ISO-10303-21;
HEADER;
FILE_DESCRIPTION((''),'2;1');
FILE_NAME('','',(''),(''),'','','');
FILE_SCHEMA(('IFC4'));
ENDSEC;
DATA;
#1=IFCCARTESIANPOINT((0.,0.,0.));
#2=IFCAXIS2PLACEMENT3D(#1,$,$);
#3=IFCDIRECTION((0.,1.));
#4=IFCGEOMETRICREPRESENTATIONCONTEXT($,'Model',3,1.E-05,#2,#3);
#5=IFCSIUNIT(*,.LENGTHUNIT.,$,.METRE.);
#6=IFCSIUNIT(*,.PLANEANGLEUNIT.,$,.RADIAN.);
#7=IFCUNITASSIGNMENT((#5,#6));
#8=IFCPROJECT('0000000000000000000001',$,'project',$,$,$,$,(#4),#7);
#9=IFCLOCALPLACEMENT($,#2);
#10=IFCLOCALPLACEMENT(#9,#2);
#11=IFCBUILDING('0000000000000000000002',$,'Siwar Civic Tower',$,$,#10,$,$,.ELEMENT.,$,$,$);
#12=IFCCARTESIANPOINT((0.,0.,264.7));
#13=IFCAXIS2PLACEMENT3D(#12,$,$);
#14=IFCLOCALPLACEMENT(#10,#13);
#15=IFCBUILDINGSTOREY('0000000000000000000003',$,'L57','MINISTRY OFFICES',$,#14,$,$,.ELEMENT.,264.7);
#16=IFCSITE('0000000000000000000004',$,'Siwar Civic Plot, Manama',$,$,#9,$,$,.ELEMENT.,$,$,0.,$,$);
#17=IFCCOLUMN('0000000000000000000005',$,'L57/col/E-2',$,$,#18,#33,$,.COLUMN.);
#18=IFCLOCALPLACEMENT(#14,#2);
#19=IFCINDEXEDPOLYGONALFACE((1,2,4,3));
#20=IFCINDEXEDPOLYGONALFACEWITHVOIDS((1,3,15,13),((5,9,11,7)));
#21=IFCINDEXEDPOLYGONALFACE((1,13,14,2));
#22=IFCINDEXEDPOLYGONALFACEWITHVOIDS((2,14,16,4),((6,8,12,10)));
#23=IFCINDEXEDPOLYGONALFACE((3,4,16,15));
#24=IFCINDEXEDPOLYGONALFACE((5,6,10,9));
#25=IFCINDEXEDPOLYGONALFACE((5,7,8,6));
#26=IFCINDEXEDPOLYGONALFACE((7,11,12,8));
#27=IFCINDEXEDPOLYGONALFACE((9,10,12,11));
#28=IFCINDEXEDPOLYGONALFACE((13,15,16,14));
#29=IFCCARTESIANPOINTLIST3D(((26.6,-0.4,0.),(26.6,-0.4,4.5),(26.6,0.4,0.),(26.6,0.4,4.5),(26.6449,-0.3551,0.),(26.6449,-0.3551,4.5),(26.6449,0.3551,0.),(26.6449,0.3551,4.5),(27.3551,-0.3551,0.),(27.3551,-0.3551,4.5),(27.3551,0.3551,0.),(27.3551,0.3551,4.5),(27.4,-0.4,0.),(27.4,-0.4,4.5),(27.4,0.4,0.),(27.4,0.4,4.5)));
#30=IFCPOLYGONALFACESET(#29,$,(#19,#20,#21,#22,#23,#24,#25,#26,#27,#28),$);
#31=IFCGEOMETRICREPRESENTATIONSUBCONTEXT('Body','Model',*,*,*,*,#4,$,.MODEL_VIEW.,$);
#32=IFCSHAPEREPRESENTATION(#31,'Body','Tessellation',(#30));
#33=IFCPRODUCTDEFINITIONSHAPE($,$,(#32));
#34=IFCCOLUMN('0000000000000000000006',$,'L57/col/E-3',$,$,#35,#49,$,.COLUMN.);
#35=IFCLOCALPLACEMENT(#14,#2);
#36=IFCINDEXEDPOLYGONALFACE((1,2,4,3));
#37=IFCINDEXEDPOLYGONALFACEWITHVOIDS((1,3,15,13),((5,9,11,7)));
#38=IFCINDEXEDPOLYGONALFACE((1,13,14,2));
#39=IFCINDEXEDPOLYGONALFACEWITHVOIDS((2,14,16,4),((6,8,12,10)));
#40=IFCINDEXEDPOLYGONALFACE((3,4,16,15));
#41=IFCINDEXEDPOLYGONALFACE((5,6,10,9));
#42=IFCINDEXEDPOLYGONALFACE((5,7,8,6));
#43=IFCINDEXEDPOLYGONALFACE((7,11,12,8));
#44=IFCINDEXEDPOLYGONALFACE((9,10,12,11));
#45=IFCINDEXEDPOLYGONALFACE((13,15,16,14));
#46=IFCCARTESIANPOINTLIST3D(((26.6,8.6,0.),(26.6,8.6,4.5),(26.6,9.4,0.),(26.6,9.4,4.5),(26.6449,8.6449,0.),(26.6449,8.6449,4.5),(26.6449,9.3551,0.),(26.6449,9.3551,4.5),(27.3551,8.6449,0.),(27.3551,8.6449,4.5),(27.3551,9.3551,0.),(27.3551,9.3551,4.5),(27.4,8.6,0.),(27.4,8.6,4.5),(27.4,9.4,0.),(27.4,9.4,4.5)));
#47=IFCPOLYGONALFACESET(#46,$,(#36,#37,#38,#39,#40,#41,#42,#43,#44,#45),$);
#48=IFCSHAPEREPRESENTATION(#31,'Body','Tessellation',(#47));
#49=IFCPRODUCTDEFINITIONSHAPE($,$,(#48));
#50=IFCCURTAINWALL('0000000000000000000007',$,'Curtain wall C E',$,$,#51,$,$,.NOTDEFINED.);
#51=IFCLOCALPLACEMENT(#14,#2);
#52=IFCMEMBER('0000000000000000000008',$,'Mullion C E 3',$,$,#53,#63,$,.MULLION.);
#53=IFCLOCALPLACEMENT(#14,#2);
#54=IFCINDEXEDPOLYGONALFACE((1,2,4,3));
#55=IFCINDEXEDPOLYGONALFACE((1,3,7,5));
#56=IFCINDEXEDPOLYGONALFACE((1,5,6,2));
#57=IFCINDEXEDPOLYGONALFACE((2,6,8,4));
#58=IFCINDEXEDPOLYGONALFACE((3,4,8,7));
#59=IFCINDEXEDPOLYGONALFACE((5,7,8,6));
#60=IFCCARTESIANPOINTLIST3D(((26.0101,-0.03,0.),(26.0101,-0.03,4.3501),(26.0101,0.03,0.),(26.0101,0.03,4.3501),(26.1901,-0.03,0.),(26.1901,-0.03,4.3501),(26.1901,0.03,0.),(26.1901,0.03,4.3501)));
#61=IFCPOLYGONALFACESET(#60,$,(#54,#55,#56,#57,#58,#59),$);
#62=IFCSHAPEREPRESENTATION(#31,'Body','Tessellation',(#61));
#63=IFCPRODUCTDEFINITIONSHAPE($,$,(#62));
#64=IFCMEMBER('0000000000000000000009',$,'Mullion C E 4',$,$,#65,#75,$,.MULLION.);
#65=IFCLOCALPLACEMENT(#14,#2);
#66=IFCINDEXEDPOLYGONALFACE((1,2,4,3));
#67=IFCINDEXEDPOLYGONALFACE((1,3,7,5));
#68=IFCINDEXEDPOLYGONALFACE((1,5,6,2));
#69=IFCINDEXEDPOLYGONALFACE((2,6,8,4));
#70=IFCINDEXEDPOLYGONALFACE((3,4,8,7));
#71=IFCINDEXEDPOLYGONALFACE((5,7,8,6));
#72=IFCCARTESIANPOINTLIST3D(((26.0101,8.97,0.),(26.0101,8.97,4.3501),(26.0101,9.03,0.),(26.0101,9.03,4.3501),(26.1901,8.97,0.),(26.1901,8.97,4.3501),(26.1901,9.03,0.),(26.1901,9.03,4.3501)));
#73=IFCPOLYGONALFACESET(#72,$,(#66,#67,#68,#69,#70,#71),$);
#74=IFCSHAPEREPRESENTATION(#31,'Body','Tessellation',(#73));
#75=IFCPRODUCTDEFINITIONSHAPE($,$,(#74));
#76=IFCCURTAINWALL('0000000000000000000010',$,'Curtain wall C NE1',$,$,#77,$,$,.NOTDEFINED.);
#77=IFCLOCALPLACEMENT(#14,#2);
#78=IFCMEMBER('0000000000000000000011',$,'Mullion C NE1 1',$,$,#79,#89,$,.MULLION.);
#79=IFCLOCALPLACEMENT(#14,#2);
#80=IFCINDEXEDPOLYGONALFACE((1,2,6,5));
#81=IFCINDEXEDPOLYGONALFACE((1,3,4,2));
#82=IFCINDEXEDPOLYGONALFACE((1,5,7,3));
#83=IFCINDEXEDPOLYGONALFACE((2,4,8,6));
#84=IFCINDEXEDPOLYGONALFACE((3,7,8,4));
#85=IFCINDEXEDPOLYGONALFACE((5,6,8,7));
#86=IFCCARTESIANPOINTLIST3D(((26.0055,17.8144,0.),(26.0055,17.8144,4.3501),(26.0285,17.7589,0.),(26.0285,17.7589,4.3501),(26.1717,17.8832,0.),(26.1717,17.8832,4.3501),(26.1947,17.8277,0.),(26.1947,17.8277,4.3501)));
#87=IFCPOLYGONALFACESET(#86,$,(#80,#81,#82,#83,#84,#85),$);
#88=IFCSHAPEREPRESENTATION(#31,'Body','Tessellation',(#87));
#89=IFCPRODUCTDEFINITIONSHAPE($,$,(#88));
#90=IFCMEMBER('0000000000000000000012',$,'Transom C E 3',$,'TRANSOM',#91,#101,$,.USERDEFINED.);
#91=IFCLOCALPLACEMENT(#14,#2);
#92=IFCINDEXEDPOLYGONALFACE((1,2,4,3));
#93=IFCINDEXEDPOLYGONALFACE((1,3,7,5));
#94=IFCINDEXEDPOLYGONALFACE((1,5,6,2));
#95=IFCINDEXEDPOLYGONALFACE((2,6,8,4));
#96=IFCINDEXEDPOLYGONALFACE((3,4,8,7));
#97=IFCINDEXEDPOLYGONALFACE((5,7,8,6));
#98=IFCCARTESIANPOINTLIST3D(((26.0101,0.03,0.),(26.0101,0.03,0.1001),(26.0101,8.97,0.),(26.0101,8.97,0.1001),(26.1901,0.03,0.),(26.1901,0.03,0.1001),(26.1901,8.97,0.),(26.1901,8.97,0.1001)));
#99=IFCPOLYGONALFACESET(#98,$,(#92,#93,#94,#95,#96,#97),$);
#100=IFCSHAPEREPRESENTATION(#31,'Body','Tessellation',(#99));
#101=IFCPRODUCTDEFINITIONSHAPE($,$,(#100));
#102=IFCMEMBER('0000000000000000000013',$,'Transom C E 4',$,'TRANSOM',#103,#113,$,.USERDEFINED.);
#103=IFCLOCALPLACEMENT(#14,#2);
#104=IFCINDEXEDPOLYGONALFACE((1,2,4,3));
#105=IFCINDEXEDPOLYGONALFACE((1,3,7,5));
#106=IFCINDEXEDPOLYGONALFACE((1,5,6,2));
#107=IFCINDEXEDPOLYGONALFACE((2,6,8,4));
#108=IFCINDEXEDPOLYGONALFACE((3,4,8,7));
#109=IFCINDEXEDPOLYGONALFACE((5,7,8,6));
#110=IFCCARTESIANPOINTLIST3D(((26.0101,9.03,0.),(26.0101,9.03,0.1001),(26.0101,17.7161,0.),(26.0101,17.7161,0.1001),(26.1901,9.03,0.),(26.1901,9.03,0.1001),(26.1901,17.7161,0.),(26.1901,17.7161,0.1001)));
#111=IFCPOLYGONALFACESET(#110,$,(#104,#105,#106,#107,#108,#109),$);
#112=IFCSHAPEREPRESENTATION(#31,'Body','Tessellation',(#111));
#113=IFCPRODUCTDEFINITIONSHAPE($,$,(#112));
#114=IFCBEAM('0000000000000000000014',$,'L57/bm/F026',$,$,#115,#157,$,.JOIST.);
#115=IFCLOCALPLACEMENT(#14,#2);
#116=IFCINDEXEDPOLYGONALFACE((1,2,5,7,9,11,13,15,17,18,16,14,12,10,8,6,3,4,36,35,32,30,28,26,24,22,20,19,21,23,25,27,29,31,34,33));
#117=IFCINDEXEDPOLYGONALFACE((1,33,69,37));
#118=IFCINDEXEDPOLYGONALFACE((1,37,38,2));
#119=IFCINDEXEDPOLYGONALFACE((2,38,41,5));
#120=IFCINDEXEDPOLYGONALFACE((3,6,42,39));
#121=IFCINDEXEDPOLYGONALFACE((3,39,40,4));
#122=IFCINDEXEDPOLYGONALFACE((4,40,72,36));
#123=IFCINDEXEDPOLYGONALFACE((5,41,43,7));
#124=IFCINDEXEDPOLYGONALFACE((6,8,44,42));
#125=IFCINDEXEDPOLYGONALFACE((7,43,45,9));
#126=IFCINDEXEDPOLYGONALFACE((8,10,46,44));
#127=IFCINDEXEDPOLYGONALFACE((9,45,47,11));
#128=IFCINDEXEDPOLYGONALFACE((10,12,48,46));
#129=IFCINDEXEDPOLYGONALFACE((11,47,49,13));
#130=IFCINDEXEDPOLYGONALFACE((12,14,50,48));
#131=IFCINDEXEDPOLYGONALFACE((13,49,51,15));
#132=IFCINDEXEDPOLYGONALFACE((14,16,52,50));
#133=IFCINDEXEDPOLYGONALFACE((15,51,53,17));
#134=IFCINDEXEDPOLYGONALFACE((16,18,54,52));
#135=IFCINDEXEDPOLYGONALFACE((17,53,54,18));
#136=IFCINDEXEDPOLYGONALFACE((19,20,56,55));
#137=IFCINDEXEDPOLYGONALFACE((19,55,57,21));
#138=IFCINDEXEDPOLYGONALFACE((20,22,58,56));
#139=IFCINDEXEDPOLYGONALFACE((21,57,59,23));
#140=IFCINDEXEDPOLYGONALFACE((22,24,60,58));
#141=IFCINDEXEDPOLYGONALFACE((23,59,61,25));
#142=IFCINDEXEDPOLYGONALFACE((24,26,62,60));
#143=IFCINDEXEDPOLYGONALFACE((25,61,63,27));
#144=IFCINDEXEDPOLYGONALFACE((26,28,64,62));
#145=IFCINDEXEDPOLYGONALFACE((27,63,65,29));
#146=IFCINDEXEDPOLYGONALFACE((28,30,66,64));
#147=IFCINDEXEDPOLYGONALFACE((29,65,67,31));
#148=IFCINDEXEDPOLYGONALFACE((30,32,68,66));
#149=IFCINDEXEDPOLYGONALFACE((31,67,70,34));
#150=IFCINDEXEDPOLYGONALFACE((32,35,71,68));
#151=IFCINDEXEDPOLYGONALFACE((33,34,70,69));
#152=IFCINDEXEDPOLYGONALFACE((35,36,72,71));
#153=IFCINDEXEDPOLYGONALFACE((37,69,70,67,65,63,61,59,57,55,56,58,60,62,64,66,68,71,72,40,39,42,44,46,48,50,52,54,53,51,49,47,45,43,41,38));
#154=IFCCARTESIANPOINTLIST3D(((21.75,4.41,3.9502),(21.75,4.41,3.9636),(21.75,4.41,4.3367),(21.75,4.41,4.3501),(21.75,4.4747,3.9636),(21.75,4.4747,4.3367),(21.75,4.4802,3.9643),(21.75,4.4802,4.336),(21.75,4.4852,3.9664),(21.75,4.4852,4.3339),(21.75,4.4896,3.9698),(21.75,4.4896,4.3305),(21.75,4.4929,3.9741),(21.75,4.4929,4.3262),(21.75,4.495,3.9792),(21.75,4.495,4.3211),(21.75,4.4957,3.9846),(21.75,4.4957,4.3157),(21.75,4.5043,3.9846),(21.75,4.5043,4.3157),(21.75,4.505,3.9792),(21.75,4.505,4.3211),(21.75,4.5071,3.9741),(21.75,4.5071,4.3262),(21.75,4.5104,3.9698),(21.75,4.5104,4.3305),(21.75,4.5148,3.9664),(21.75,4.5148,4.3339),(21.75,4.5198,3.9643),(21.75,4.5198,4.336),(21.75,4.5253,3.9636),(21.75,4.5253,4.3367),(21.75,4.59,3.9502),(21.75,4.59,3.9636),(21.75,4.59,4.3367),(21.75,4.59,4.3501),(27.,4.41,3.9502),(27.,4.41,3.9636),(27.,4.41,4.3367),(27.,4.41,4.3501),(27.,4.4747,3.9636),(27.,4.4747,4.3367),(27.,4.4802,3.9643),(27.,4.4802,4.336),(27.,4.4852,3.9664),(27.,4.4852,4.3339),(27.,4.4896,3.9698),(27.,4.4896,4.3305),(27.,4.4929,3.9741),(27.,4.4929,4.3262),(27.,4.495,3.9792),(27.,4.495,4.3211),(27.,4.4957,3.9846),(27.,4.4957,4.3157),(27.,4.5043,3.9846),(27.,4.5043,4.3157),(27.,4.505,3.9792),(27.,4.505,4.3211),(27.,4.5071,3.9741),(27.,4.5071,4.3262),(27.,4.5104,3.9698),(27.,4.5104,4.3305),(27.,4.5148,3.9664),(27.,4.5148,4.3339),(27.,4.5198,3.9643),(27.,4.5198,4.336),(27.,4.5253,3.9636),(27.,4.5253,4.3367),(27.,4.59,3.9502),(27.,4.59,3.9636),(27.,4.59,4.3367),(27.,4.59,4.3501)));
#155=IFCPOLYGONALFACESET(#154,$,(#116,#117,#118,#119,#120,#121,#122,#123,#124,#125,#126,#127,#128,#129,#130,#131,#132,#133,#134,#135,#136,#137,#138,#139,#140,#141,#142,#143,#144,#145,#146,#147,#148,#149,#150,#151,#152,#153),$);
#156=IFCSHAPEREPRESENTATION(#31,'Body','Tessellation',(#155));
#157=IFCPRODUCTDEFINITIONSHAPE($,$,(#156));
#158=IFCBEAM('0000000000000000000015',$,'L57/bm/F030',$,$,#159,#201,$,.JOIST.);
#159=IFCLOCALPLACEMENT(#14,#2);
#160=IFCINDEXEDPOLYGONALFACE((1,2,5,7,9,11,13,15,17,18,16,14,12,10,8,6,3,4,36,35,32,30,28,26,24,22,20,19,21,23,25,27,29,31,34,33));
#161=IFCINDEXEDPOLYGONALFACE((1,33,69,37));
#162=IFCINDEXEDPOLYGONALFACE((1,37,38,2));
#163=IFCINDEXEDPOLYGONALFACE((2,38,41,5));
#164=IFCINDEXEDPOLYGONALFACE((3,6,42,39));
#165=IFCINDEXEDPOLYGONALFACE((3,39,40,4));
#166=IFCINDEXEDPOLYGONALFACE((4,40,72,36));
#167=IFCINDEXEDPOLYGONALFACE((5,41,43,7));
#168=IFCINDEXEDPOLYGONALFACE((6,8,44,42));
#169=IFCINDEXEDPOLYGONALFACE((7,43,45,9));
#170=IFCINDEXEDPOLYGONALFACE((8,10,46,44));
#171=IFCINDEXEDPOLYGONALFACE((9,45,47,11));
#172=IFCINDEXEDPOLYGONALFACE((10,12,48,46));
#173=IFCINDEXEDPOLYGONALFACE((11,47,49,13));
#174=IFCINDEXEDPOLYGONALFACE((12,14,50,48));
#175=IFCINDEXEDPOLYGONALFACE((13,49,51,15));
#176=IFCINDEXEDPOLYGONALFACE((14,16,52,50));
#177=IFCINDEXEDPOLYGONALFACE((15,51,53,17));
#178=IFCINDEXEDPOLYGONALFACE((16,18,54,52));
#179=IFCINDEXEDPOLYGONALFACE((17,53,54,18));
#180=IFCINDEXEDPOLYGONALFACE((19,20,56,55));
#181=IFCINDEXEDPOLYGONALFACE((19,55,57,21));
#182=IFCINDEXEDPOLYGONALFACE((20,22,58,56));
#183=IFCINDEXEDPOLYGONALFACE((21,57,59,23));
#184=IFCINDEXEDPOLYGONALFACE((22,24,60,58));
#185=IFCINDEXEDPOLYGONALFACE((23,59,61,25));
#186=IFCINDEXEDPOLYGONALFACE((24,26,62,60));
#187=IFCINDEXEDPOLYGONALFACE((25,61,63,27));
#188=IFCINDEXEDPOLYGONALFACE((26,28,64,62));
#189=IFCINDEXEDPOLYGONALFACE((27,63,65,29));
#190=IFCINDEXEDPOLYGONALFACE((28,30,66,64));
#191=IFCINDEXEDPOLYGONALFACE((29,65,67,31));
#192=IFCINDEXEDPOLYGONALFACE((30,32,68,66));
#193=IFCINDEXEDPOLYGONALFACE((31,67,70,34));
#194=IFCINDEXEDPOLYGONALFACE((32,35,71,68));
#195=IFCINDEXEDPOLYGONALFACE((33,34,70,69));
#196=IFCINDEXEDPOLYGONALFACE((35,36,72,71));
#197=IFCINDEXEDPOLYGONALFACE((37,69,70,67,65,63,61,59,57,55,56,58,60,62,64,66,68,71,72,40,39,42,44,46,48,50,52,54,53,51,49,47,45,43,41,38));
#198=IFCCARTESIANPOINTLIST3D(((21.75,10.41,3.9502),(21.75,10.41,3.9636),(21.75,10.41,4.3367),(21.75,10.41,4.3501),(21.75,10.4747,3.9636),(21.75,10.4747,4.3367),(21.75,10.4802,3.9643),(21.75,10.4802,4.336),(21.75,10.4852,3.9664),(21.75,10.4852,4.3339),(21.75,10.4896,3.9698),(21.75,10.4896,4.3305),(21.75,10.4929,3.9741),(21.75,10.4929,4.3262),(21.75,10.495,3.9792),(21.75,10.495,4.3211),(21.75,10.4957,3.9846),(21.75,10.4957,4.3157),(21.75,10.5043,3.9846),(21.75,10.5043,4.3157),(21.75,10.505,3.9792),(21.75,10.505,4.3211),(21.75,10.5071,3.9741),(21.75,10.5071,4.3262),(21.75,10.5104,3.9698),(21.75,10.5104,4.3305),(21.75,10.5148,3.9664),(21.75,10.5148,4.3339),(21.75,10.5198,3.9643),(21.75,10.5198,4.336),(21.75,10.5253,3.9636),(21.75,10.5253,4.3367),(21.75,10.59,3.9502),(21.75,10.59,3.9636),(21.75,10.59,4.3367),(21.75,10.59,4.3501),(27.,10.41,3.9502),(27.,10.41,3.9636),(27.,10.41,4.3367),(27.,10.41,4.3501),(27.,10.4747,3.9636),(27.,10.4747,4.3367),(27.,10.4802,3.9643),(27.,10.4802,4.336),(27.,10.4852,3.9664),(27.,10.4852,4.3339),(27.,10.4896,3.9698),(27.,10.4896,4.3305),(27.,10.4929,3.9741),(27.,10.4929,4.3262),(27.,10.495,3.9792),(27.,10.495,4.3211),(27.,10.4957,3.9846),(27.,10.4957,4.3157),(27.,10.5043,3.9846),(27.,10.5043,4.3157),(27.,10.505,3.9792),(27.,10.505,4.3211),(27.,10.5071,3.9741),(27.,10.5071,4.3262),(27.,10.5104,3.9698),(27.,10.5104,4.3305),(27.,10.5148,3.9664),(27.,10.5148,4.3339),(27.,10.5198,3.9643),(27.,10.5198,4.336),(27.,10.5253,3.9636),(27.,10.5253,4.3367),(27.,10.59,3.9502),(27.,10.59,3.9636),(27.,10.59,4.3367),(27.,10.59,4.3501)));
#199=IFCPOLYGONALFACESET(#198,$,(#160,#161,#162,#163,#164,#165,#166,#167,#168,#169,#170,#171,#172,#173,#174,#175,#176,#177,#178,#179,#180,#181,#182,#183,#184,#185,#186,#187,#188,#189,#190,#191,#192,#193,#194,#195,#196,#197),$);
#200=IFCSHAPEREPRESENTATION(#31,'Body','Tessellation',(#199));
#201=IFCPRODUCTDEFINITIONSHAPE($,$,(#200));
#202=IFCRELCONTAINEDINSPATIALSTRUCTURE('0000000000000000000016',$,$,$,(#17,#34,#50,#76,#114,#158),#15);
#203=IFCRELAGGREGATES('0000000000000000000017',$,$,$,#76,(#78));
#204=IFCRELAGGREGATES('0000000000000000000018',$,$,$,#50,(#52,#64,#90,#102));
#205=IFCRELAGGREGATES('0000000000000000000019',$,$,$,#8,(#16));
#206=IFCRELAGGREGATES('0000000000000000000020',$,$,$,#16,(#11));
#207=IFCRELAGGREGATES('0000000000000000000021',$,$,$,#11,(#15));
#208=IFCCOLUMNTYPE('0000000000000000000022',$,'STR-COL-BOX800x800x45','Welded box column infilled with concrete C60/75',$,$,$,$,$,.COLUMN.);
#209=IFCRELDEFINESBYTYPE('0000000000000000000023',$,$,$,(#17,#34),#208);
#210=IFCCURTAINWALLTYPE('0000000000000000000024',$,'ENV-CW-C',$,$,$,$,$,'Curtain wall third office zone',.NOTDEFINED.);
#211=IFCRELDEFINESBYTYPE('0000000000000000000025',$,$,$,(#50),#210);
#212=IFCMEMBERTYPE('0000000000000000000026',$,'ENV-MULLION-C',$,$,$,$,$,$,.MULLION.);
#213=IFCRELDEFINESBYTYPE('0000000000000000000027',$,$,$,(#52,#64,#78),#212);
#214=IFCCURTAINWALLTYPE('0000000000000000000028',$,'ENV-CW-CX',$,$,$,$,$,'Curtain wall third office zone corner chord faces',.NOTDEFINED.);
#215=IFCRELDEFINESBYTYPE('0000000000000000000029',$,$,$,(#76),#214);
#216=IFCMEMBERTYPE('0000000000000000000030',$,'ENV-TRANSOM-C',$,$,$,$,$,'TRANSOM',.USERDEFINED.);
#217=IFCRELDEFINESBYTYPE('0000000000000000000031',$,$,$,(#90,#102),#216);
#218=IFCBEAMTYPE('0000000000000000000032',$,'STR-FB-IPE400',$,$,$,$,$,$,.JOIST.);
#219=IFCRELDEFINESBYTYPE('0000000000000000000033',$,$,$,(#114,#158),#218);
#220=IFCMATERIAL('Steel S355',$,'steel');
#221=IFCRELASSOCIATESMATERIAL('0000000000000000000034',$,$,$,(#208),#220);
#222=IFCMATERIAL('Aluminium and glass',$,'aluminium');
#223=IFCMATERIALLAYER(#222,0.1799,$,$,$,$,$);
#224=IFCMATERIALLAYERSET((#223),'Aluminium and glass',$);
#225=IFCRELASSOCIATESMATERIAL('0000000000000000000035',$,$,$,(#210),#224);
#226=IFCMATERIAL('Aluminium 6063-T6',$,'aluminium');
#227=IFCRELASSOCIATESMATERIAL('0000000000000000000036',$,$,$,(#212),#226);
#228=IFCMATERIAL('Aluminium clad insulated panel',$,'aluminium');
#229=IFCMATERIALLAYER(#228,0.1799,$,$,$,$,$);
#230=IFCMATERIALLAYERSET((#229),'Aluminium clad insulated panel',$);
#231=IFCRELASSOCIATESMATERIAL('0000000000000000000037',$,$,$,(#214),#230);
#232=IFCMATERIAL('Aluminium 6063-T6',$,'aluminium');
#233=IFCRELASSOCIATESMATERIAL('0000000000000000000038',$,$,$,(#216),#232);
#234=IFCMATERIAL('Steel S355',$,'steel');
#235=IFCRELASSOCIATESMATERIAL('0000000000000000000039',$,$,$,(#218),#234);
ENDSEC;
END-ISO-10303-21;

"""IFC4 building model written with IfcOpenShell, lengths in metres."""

from ifc_helpers import new_model, si_unit, direction, frame, origin, origin_2d, place, context, subcontext, project, spatial, rectangle, hollow_rectangle, i_section, extrude, material, layer, layer_set, material_profile, profile_set, type_object, element, aggregate, save


model = new_model("IFC4")

# Units and contexts
model_context = context("Model", 3, precision=1e-05, world=origin(), true_north=direction((0.0, 1.0)))
body_context = subcontext(model_context, "Body", "Model", "MODEL_VIEW")
ifc_project = project(units=[si_unit("LENGTHUNIT", "METRE"), si_unit("PLANEANGLEUNIT", "RADIAN")], contexts=[model_context])

# Site, building, storey
site_placement = place(None, origin())
site = spatial("IfcSite", under=ifc_project, at=site_placement, Name="Siwar Civic Plot, Manama", CompositionType="ELEMENT", RefElevation=0.0)
building_placement = place(site_placement, origin())
building = spatial("IfcBuilding", under=site, at=building_placement, Name="Siwar Civic Tower", CompositionType="ELEMENT")
storey_placement = place(building_placement, frame((0.0, 0.0, 264.7)))
storey = spatial("IfcBuildingStorey", under=building, at=storey_placement, Name="L57", Description="MINISTRY OFFICES", CompositionType="ELEMENT", Elevation=264.7)

# Columns
ifc_material_1 = material(Name="Steel S355", Category="steel")
ifc_material_profile_1 = material_profile(ifc_material_1, hollow_rectangle(XDim=0.8, YDim=0.8, WallThickness=0.0449, at=origin_2d()), Name="BOX800x800x45")
ifc_profile_set_1 = profile_set([ifc_material_profile_1], Name="Steel S355")
column_type = type_object("IfcColumnType", Name="STR-COL-BOX800x800x45", Description="Welded box column infilled with concrete C60/75", PredefinedType="COLUMN", material=ifc_profile_set_1)
for number, where, z_axis, x_axis, name in (
    (1, (27.0, 0.0, 0.0), (0.0, 0.0, 1.0), (1.0, 0.0, 0.0), "L57/col/E-2"),
    (2, (27.0, 9.0, 0.0), (0.0, 0.0, 1.0), (1.0, 0.0, 0.0), "L57/col/E-3"),
):
    element("IfcColumn", number, at=place(storey_placement, frame(where, z_axis=z_axis, x_axis=x_axis)), inside=storey, type_object=column_type, Name=name, PredefinedType="COLUMN", context=body_context, shape_type="SweptSolid", body=[
        extrude(hollow_rectangle(XDim=0.8, YDim=0.8, WallThickness=0.0449, at=origin_2d()), origin(), (0.0, 0.0, 1.0), 4.5),
    ])

# Curtain wall, members
ifc_material_2 = material(Name="Aluminium and glass", Category="aluminium")
ifc_layer_1 = layer(ifc_material_2, 0.1799)
ifc_layer_set_1 = layer_set([ifc_layer_1], Name="Aluminium and glass")
curtain_wall_type_1 = type_object("IfcCurtainWallType", Name="ENV-CW-C", ElementType="Curtain wall third office zone", PredefinedType="NOTDEFINED", material=ifc_layer_set_1)
curtain_wall_1_placement = place(storey_placement, origin())
curtain_wall_1 = element("IfcCurtainWall", 3, at=curtain_wall_1_placement, inside=storey, type_object=curtain_wall_type_1, Name="Curtain wall C E", PredefinedType="NOTDEFINED")
ifc_material_3 = material(Name="Aluminium 6063-T6", Category="aluminium")
ifc_material_profile_2 = material_profile(ifc_material_3, rectangle(XDim=0.1799, YDim=0.0601, at=origin_2d()), Name="AL 180x60")
ifc_profile_set_2 = profile_set([ifc_material_profile_2], Name="Aluminium 6063-T6")
member_type_1 = type_object("IfcMemberType", Name="ENV-MULLION-C", PredefinedType="MULLION", material=ifc_profile_set_2)
member_1_placement = place(storey_placement, frame((26.1001, 0.0, 0.0), z_axis=(0.0, 0.0, 1.0), x_axis=(-1.0, 0.0, 0.0)))
member_1 = element("IfcMember", 4, at=member_1_placement, type_object=member_type_1, Name="Mullion C E 3", PredefinedType="MULLION", context=body_context, shape_type="SweptSolid", body=[
    extrude(rectangle(XDim=0.1799, YDim=0.0601, at=origin_2d()), origin(), (0.0, 0.0, 1.0), 4.3501),
])
member_2_placement = place(storey_placement, frame((26.1001, 9.0, 0.0), z_axis=(0.0, 0.0, 1.0), x_axis=(-1.0, 0.0, 0.0)))
member_2 = element("IfcMember", 5, at=member_2_placement, type_object=member_type_1, Name="Mullion C E 4", PredefinedType="MULLION", context=body_context, shape_type="SweptSolid", body=[
    extrude(rectangle(XDim=0.1799, YDim=0.0601, at=origin_2d()), origin(), (0.0, 0.0, 1.0), 4.3501),
])

# Curtain wall, member
ifc_material_4 = material(Name="Aluminium clad insulated panel", Category="aluminium")
ifc_layer_2 = layer(ifc_material_4, 0.1799)
ifc_layer_set_2 = layer_set([ifc_layer_2], Name="Aluminium clad insulated panel")
curtain_wall_type_2 = type_object("IfcCurtainWallType", Name="ENV-CW-CX", ElementType="Curtain wall third office zone corner chord faces", PredefinedType="NOTDEFINED", material=ifc_layer_set_2)
curtain_wall_2_placement = place(storey_placement, origin())
curtain_wall_2 = element("IfcCurtainWall", 6, at=curtain_wall_2_placement, inside=storey, type_object=curtain_wall_type_2, Name="Curtain wall C NE1", PredefinedType="NOTDEFINED")
member_3_placement = place(storey_placement, frame((26.1001, 17.821, 0.0), z_axis=(0.0, 0.0, 1.0), x_axis=(-0.92388, -0.382683, 0.0)))
member_3 = element("IfcMember", 7, at=member_3_placement, type_object=member_type_1, Name="Mullion C NE1 1", PredefinedType="MULLION", context=body_context, shape_type="SweptSolid", body=[
    extrude(rectangle(XDim=0.1799, YDim=0.0601, at=origin_2d()), origin(), (0.0, 0.0, 1.0), 4.3501),
])
aggregate(curtain_wall_2, [member_3])

# Members
ifc_material_5 = material(Name="Aluminium 6063-T6", Category="aluminium")
ifc_material_profile_3 = material_profile(ifc_material_5, rectangle(XDim=0.1799, YDim=0.1001, at=origin_2d()), Name="AL 180x100")
ifc_profile_set_3 = profile_set([ifc_material_profile_3], Name="Aluminium 6063-T6")
member_type_2 = type_object("IfcMemberType", Name="ENV-TRANSOM-C", ElementType="TRANSOM", PredefinedType="USERDEFINED", material=ifc_profile_set_3)
member_4_placement = place(storey_placement, frame((26.1001, 0.03, 0.05), z_axis=(0.0, 1.0, 0.0), x_axis=(-1.0, 0.0, 0.0)))
member_4 = element("IfcMember", 8, at=member_4_placement, type_object=member_type_2, Name="Transom C E 3", ObjectType="TRANSOM", PredefinedType="USERDEFINED", context=body_context, shape_type="SweptSolid", body=[
    extrude(rectangle(XDim=0.1799, YDim=0.1001, at=origin_2d()), origin(), (0.0, 0.0, 1.0), 8.9399),
])
member_5_placement = place(storey_placement, frame((26.1001, 9.03, 0.05), z_axis=(0.0, 1.0, 0.0), x_axis=(-1.0, 0.0, 0.0)))
member_5 = element("IfcMember", 9, at=member_5_placement, type_object=member_type_2, Name="Transom C E 4", ObjectType="TRANSOM", PredefinedType="USERDEFINED", context=body_context, shape_type="SweptSolid", body=[
    extrude(rectangle(XDim=0.1799, YDim=0.1001, at=origin_2d()), origin(), (0.0, 0.0, 1.0), 8.686),
])

# Beams
ifc_material_6 = material(Name="Steel S355", Category="steel")
ifc_material_profile_4 = material_profile(ifc_material_6, i_section(OverallWidth=0.1799, OverallDepth=0.3999, WebThickness=0.0085, FlangeThickness=0.0134, FilletRadius=0.021, at=origin_2d()), Name="IPE400")
ifc_profile_set_4 = profile_set([ifc_material_profile_4], Name="Steel S355")
beam_type_1 = type_object("IfcBeamType", Name="STR-FB-IPE400", PredefinedType="JOIST", material=ifc_profile_set_4)
for number, where, z_axis, x_axis, name in (
    (10, (21.75, 4.5, 4.1501), (1.0, 0.0, 0.0), (0.0, 1.0, 0.0), "L57/bm/F026"),
    (11, (21.75, 10.5, 4.1501), (1.0, 0.0, 0.0), (0.0, 1.0, 0.0), "L57/bm/F030"),
):
    element("IfcBeam", number, at=place(storey_placement, frame(where, z_axis=z_axis, x_axis=x_axis)), inside=storey, type_object=beam_type_1, Name=name, PredefinedType="JOIST", context=body_context, shape_type="SweptSolid", body=[
        extrude(i_section(OverallWidth=0.1799, OverallDepth=0.3999, WebThickness=0.0085, FlangeThickness=0.0134, FilletRadius=0.021, at=origin_2d()), origin(), (0.0, 0.0, 1.0), 5.25),
    ])

aggregate(curtain_wall_1, [member_1, member_2, member_4, member_5])

save(model, "model.ifc")
